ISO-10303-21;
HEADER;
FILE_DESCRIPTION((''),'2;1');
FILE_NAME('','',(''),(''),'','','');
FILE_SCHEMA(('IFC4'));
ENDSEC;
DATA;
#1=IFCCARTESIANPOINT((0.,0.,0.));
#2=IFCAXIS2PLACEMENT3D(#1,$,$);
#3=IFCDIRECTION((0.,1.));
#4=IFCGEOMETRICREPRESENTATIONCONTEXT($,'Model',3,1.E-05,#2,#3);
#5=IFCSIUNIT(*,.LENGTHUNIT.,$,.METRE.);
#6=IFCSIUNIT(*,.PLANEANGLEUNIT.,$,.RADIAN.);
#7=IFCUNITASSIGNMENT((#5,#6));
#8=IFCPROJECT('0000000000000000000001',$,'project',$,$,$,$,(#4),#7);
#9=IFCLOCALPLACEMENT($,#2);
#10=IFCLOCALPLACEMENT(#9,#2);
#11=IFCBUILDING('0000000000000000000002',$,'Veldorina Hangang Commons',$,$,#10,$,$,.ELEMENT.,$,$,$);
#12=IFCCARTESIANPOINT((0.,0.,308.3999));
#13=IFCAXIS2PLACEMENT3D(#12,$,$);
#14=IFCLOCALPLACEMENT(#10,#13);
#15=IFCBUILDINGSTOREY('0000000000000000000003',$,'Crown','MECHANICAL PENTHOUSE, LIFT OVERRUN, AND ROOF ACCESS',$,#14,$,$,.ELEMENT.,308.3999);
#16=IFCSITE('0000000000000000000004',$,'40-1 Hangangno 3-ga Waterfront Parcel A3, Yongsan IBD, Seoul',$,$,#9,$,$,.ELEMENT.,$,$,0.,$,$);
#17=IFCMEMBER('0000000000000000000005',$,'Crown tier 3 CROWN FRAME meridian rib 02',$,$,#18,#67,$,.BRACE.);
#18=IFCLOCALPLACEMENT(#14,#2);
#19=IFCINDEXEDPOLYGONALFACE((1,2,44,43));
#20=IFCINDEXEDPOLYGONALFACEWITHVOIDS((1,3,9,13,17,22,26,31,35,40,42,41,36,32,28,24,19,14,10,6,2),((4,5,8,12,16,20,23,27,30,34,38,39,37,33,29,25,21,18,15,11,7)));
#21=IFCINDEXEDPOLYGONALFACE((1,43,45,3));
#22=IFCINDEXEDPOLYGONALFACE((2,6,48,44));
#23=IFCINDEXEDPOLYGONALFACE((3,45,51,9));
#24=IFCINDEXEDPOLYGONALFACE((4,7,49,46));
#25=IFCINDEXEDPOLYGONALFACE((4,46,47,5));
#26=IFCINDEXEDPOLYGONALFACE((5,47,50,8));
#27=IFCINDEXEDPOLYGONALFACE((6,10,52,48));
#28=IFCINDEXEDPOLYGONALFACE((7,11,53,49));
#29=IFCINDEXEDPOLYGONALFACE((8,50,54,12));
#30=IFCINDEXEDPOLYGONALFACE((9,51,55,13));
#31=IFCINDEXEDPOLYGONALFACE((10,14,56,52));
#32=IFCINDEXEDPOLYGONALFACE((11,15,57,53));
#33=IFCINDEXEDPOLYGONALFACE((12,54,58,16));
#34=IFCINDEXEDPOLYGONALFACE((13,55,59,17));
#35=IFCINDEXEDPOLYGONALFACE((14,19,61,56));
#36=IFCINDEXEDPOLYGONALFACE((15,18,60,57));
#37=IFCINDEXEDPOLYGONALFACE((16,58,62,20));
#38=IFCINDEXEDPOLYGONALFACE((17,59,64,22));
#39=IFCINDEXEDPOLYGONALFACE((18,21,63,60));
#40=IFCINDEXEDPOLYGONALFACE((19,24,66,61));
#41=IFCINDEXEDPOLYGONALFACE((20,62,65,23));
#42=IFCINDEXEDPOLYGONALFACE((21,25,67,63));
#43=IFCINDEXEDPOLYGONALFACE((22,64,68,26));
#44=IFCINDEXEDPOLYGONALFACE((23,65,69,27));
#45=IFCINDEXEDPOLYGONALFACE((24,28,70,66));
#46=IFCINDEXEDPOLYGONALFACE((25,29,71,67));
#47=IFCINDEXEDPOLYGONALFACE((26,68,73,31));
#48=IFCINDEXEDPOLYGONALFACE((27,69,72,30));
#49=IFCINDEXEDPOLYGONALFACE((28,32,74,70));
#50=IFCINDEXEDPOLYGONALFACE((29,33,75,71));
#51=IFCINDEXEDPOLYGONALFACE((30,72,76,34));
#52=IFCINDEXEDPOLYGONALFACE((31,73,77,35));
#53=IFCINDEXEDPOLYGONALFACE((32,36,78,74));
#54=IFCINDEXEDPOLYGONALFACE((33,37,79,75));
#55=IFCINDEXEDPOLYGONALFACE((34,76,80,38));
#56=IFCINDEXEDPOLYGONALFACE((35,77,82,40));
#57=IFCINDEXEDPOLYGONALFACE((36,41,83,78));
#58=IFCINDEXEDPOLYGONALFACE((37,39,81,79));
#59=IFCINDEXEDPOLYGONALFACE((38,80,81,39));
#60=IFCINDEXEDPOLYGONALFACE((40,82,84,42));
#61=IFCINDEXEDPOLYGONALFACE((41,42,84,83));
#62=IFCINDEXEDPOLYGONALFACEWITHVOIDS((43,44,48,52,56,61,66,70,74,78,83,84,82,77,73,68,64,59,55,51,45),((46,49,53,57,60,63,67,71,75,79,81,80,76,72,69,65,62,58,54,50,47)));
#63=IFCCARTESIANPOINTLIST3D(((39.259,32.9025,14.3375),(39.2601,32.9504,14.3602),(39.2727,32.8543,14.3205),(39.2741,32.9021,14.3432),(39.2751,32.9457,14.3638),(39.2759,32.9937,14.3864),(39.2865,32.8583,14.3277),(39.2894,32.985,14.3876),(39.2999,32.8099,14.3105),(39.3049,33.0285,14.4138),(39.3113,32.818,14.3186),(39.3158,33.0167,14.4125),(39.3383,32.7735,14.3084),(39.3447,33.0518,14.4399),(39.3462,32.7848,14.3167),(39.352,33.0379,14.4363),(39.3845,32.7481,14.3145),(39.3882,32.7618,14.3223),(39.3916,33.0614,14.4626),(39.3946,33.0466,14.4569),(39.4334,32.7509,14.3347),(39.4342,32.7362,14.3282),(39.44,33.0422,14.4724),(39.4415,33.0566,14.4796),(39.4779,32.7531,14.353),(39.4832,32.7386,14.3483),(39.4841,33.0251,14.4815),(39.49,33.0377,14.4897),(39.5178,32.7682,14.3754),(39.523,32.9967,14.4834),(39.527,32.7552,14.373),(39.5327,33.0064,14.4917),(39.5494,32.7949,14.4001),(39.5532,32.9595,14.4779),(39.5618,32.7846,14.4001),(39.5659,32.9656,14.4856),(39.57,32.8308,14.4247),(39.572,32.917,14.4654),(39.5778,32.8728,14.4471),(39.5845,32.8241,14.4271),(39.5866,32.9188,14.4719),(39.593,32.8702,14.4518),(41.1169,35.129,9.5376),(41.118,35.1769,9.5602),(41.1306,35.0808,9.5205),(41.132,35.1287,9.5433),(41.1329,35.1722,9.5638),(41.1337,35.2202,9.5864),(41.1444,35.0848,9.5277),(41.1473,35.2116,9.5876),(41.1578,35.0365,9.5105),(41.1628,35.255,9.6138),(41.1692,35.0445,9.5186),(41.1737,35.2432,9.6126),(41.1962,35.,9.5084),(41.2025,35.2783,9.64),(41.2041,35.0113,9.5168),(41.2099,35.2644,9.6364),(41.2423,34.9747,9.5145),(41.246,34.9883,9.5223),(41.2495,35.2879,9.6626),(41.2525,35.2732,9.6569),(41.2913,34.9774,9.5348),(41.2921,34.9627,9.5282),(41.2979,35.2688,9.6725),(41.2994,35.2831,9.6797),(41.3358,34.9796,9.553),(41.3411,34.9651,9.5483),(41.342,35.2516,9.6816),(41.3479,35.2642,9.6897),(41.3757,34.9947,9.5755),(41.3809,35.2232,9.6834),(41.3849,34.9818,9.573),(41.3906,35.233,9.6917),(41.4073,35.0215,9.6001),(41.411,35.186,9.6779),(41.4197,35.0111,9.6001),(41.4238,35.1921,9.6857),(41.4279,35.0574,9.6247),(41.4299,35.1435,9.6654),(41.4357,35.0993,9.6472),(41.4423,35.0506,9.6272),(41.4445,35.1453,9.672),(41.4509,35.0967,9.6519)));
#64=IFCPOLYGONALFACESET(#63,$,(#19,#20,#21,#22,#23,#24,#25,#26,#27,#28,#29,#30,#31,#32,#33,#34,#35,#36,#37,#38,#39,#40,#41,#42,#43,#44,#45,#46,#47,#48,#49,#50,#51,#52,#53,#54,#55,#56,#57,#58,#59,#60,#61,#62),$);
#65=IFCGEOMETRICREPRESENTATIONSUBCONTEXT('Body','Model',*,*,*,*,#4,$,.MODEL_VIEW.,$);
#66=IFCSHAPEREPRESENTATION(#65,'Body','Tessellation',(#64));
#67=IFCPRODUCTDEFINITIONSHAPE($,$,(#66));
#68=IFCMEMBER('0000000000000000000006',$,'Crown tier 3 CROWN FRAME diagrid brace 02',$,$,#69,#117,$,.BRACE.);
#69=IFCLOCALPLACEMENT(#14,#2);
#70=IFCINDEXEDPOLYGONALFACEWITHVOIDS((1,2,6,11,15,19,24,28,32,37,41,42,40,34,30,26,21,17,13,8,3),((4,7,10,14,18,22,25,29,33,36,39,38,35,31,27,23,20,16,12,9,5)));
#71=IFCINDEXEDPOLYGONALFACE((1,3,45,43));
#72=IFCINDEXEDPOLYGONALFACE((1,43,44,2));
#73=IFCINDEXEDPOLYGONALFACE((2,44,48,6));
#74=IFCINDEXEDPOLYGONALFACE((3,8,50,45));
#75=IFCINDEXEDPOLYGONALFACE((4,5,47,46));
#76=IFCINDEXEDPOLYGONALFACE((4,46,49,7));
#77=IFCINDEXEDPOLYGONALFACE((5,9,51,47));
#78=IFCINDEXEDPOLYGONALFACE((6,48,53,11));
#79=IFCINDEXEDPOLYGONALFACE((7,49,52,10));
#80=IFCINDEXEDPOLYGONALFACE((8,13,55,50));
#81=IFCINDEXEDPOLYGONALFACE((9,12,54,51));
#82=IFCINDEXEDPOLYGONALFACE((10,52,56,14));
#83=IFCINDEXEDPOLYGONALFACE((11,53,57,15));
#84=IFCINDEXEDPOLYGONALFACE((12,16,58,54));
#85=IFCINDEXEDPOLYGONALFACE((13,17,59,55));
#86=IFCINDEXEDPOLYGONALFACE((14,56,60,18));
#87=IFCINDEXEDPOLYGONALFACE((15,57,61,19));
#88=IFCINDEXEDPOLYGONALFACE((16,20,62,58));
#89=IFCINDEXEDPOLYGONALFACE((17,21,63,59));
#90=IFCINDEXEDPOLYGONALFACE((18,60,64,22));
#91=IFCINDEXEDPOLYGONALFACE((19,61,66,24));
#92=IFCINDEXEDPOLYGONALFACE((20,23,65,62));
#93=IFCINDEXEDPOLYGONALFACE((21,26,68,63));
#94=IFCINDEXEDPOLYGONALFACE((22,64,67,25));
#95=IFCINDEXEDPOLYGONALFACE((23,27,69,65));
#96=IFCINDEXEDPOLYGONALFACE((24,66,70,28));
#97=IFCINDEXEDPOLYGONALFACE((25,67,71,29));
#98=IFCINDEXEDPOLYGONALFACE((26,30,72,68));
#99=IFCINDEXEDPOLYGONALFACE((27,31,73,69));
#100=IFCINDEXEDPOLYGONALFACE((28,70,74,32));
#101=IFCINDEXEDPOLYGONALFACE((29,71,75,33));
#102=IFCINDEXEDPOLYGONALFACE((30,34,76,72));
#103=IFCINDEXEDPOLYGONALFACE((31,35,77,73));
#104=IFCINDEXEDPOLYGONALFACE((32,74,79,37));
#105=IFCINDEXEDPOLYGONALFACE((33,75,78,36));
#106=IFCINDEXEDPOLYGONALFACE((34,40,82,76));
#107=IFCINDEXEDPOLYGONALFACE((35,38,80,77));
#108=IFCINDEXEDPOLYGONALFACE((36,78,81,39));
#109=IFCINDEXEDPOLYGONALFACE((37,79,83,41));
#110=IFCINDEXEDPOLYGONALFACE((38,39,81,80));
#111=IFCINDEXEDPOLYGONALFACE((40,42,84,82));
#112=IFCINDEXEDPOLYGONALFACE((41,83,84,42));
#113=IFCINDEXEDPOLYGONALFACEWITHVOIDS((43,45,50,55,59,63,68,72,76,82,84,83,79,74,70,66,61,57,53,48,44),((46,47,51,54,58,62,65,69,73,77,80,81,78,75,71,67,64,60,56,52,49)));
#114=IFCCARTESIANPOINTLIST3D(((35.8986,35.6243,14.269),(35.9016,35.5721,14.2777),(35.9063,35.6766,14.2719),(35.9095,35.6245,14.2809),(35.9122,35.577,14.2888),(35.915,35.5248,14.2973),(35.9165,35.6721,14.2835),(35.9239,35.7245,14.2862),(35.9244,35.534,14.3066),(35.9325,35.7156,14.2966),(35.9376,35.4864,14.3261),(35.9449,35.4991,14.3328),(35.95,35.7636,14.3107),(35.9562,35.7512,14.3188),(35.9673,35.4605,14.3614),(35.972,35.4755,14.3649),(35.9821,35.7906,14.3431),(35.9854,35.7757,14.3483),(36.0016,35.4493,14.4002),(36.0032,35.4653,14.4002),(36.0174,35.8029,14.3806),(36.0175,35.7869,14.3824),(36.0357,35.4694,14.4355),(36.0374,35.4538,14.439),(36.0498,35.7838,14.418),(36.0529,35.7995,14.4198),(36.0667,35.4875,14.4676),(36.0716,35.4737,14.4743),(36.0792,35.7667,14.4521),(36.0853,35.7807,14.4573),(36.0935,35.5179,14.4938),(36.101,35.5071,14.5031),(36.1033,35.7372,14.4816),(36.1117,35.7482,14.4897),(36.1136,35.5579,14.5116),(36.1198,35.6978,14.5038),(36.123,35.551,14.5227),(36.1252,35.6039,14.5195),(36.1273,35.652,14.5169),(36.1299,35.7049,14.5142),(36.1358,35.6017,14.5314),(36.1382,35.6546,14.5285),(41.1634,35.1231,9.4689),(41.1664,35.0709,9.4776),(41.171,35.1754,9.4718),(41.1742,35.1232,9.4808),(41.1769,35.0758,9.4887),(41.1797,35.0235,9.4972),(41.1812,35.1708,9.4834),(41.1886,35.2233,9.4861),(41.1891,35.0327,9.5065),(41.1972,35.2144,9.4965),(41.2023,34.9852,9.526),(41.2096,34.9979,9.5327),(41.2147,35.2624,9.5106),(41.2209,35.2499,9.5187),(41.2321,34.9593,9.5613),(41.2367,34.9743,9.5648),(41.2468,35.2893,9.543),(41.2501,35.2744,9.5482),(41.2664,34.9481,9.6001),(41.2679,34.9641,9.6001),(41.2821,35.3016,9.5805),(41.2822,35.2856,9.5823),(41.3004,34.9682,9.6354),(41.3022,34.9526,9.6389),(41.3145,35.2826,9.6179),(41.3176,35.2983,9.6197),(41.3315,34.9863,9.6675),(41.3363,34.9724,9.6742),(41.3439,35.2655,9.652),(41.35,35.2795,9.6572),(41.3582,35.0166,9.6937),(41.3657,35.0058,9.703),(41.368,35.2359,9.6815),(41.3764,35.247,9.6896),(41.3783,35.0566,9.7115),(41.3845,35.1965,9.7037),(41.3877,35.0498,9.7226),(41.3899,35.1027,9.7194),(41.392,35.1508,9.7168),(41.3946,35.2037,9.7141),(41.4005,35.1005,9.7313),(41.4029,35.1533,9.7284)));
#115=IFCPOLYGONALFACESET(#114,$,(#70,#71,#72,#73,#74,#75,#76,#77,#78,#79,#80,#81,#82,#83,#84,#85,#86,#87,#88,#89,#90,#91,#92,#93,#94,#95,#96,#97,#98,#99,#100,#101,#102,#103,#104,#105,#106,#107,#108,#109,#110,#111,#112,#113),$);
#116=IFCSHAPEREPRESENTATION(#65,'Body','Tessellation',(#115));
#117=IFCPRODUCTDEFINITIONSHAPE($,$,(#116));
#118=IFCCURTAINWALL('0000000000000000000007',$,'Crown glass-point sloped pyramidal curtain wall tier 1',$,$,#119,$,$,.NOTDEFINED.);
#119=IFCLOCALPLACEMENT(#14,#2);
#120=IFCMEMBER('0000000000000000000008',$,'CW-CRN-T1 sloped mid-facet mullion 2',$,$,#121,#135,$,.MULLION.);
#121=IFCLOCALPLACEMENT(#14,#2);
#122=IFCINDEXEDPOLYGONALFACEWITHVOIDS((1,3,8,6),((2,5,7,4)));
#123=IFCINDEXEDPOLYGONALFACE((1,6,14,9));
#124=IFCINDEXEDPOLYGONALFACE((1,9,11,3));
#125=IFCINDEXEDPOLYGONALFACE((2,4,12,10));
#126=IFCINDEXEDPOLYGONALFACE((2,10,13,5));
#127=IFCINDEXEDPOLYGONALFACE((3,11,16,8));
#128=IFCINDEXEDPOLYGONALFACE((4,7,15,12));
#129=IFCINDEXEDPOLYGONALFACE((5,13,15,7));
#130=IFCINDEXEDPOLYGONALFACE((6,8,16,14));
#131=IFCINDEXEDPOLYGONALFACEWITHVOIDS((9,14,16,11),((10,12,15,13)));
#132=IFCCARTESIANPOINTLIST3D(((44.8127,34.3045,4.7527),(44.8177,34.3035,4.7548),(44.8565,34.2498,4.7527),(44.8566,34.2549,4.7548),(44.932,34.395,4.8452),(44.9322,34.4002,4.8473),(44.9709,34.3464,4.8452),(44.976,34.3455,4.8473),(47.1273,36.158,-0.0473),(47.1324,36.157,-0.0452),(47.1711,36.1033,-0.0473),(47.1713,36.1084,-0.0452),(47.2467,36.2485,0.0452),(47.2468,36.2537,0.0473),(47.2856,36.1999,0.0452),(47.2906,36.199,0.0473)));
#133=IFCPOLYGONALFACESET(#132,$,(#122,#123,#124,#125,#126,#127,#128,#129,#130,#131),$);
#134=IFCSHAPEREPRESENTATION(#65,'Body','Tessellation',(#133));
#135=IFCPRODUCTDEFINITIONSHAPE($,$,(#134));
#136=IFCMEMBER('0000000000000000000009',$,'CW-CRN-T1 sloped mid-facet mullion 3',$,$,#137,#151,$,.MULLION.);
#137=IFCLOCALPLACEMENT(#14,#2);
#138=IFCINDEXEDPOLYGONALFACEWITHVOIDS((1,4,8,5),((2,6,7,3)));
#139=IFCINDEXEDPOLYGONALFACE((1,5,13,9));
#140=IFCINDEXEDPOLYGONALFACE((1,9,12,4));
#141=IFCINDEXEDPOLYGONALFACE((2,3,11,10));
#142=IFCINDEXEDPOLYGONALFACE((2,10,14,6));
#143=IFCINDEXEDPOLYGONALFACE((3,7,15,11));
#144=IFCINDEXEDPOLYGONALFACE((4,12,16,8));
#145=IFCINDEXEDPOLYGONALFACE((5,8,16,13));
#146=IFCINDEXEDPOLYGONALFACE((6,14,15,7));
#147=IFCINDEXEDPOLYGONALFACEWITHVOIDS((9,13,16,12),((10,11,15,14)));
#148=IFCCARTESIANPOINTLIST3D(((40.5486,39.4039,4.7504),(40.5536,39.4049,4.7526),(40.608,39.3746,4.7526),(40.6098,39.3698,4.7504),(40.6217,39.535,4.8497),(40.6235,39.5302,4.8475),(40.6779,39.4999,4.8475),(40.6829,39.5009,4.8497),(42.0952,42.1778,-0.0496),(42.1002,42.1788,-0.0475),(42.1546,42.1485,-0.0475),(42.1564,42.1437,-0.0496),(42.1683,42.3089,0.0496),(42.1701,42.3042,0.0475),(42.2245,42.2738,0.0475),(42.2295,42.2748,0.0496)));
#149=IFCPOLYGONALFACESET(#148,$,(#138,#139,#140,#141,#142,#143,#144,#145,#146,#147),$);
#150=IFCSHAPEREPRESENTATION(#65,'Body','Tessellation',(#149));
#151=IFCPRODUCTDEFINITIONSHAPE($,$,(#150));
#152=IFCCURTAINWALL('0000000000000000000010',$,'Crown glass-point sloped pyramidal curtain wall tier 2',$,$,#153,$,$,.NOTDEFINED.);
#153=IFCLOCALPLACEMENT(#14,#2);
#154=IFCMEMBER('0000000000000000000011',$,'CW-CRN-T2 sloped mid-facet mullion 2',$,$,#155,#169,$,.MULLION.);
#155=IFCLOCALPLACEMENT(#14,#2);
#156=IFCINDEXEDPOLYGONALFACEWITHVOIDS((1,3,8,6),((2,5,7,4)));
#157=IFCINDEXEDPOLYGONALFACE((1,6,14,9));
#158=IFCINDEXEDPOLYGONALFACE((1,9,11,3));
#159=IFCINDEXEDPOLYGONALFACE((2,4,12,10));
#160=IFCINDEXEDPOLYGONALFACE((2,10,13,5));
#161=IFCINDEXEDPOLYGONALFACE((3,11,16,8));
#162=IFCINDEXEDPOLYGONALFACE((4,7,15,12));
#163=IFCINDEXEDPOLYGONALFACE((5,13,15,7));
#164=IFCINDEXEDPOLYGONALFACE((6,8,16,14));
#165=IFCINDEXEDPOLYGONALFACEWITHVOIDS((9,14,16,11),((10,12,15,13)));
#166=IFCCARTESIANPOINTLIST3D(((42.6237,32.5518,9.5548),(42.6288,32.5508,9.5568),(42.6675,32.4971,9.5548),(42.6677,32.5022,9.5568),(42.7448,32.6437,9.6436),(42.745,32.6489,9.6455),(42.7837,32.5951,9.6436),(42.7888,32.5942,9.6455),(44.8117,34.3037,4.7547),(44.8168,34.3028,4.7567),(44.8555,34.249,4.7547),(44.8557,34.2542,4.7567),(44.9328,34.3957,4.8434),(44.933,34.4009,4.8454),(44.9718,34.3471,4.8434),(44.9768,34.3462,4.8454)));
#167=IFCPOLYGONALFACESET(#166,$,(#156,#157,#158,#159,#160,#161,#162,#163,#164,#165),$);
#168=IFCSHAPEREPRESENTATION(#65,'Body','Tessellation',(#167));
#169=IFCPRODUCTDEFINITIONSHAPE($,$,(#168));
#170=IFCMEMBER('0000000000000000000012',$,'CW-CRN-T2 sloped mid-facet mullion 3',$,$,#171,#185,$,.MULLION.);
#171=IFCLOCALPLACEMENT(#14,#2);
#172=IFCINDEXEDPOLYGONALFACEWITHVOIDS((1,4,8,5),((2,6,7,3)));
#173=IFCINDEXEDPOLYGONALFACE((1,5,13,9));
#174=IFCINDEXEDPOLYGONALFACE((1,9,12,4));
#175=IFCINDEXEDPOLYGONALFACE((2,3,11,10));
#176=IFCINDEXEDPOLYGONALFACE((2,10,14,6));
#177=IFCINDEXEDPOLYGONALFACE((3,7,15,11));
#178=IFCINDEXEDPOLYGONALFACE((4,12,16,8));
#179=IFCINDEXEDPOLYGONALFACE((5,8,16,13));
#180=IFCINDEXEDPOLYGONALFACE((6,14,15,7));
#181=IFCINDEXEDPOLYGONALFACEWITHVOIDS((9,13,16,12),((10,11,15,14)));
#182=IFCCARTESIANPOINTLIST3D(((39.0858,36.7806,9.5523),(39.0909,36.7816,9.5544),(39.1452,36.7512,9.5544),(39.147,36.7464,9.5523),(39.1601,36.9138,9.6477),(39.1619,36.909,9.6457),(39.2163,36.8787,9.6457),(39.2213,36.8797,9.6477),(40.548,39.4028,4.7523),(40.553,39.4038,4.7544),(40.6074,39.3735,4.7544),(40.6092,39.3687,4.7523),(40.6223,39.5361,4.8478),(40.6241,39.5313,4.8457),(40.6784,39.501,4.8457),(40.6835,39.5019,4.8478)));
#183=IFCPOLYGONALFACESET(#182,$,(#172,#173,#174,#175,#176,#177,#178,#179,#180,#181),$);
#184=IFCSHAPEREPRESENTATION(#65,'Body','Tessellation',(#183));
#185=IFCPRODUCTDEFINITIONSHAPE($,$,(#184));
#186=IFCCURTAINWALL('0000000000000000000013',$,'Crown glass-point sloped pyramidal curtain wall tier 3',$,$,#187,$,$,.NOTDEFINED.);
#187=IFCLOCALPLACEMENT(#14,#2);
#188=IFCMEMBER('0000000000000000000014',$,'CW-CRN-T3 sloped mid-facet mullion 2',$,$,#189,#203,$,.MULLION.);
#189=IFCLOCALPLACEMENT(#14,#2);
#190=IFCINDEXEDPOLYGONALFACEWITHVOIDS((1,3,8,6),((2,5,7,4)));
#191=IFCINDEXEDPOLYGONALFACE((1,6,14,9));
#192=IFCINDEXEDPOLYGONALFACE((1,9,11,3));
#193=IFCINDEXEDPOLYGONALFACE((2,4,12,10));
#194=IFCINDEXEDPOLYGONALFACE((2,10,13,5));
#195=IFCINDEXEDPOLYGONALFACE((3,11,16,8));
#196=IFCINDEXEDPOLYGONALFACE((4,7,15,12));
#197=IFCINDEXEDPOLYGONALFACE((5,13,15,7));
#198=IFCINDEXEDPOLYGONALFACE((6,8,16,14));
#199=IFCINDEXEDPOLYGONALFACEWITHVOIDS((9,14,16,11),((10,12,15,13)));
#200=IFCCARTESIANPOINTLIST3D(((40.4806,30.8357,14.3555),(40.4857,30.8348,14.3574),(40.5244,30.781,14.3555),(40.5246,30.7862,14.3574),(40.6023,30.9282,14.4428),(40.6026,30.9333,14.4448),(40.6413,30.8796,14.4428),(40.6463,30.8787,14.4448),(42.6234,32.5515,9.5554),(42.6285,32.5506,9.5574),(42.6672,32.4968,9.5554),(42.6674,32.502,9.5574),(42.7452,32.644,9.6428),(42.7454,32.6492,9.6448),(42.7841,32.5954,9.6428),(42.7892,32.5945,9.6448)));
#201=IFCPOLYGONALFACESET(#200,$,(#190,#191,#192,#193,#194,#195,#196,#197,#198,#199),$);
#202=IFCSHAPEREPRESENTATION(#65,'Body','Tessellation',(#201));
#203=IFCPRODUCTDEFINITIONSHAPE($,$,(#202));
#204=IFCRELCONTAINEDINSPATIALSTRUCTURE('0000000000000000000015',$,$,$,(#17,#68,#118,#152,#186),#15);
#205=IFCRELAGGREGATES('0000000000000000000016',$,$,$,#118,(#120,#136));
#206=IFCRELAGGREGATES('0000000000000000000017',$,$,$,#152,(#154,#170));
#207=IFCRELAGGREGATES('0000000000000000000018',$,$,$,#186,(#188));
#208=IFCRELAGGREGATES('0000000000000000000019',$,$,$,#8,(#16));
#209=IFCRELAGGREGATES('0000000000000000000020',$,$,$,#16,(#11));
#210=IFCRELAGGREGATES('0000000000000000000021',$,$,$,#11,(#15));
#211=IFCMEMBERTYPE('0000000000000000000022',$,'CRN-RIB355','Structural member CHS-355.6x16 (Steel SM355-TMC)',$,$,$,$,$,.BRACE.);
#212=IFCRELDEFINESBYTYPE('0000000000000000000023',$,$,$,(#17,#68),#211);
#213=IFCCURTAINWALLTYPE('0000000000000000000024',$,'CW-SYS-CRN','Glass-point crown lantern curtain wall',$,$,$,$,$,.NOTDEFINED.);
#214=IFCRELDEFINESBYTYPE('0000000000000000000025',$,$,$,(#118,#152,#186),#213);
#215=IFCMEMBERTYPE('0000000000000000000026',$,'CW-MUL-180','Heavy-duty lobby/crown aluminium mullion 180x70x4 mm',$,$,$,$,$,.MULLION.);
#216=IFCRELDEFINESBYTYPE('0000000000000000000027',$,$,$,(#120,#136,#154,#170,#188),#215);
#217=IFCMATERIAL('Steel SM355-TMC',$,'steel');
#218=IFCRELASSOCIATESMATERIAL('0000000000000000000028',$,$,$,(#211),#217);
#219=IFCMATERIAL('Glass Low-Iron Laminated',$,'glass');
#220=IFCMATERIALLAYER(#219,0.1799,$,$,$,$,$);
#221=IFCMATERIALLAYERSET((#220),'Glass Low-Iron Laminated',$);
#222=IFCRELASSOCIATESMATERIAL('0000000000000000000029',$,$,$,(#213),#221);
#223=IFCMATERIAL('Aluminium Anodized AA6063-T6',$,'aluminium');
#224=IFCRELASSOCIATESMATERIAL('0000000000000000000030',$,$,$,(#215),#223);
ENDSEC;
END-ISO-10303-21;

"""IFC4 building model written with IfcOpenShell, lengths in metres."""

from ifc_helpers import new_model, si_unit, direction, frame, origin, origin_2d, place, context, subcontext, project, spatial, hollow_rectangle, hollow_circle, extrude, material, layer, layer_set, material_profile, profile_set, type_object, element, aggregate, save


model = new_model("IFC4")

# Units and contexts
model_context = context("Model", 3, precision=1e-05, world=origin(), true_north=direction((0.0, 1.0)))
body_context = subcontext(model_context, "Body", "Model", "MODEL_VIEW")
ifc_project = project(units=[si_unit("LENGTHUNIT", "METRE"), si_unit("PLANEANGLEUNIT", "RADIAN")], contexts=[model_context])

# Site, building, storey
site_placement = place(None, origin())
site = spatial("IfcSite", under=ifc_project, at=site_placement, Name="40-1 Hangangno 3-ga Waterfront Parcel A3, Yongsan IBD, Seoul", CompositionType="ELEMENT", RefElevation=0.0)
building_placement = place(site_placement, origin())
building = spatial("IfcBuilding", under=site, at=building_placement, Name="Veldorina Hangang Commons", CompositionType="ELEMENT")
storey_placement = place(building_placement, frame((0.0, 0.0, 308.3999)))
storey = spatial("IfcBuildingStorey", under=building, at=storey_placement, Name="Crown", Description="MECHANICAL PENTHOUSE, LIFT OVERRUN, AND ROOF ACCESS", CompositionType="ELEMENT", Elevation=308.3999)

# Members
ifc_material_1 = material(Name="Steel SM355-TMC", Category="steel")
ifc_material_profile_1 = material_profile(ifc_material_1, hollow_circle(Radius=0.1777, WallThickness=0.0161, at=origin_2d()), Name="CHS-355.6x16")
ifc_profile_set_1 = profile_set([ifc_material_profile_1], Name="Steel SM355-TMC")
member_type_1 = type_object("IfcMemberType", Name="CRN-RIB355", Description="Structural member CHS-355.6x16 (Steel SM355-TMC)", PredefinedType="BRACE", material=ifc_profile_set_1)
member_1_placement = place(storey_placement, frame((41.2832, 35.125, 9.6001), z_axis=(-0.331295, -0.397032, 0.855926), x_axis=(0.767807, -0.640681, 0.0)))
element("IfcMember", 1, at=member_1_placement, inside=storey, type_object=member_type_1, Name="Crown tier 3 CROWN FRAME meridian rib 02", PredefinedType="BRACE", context=body_context, shape_type="SweptSolid", body=[
    extrude(hollow_circle(Radius=0.1777, WallThickness=0.0161, at=origin_2d()), origin(), (0.0, 0.0, 1.0), 5.6079),
])
member_2_placement = place(storey_placement, frame((41.2832, 35.125, 9.6001), z_axis=(-0.737139, 0.070179, 0.672087), x_axis=(-0.094776, -0.995499, 0.0)))
element("IfcMember", 2, at=member_2_placement, inside=storey, type_object=member_type_1, Name="Crown tier 3 CROWN FRAME diagrid brace 02", PredefinedType="BRACE", context=body_context, shape_type="SweptSolid", body=[
    extrude(hollow_circle(Radius=0.1777, WallThickness=0.0161, at=origin_2d()), origin(), (0.0, 0.0, 1.0), 7.1421),
])

# Curtain walls, members
ifc_material_2 = material(Name="Glass Low-Iron Laminated", Category="glass")
ifc_layer_1 = layer(ifc_material_2, 0.1799)
ifc_layer_set_1 = layer_set([ifc_layer_1], Name="Glass Low-Iron Laminated")
curtain_wall_type = type_object("IfcCurtainWallType", Name="CW-SYS-CRN", Description="Glass-point crown lantern curtain wall", PredefinedType="NOTDEFINED", material=ifc_layer_set_1)
curtain_wall_1_placement = place(storey_placement, origin())
curtain_wall_1 = element("IfcCurtainWall", 3, at=curtain_wall_1_placement, inside=storey, type_object=curtain_wall_type, Name="Crown glass-point sloped pyramidal curtain wall tier 1", PredefinedType="NOTDEFINED")
ifc_material_3 = material(Name="Aluminium Anodized AA6063-T6", Category="aluminium")
ifc_material_profile_2 = material_profile(ifc_material_3, hollow_rectangle(XDim=0.0701, YDim=0.1799, WallThickness=0.0039, at=origin_2d()), Name="ALU-RHS-180x70x4")
ifc_profile_set_2 = profile_set([ifc_material_profile_2], Name="Aluminium Anodized AA6063-T6")
member_type_2 = type_object("IfcMemberType", Name="CW-MUL-180", Description="Heavy-duty lobby/crown aluminium mullion 180x70x4 mm", PredefinedType="MULLION", material=ifc_profile_set_2)
member_3_placement = place(storey_placement, frame((47.209, 36.1785, 0.0), z_axis=(-0.410251, -0.328513, 0.850749), x_axis=(0.625056, -0.78058, 0.0)))
member_3 = element("IfcMember", 4, at=member_3_placement, type_object=member_type_2, Name="CW-CRN-T1 sloped mid-facet mullion 2", PredefinedType="MULLION", context=body_context, shape_type="SweptSolid", body=[
    extrude(hollow_rectangle(XDim=0.0701, YDim=0.1799, WallThickness=0.0039, at=origin_2d()), origin(), (0.0, 0.0, 1.0), 5.6421),
])
member_4_placement = place(storey_placement, frame((42.1624, 42.2263, 0.0), z_axis=(-0.268716, -0.481951, 0.833975), x_axis=(0.873413, -0.48698, 0.0)))
member_4 = element("IfcMember", 5, at=member_4_placement, type_object=member_type_2, Name="CW-CRN-T1 sloped mid-facet mullion 3", PredefinedType="MULLION", context=body_context, shape_type="SweptSolid", body=[
    extrude(hollow_rectangle(XDim=0.0701, YDim=0.1799, WallThickness=0.0039, at=origin_2d()), origin(), (0.0, 0.0, 1.0), 5.7556),
])
curtain_wall_2_placement = place(storey_placement, origin())
curtain_wall_2 = element("IfcCurtainWall", 6, at=curtain_wall_2_placement, inside=storey, type_object=curtain_wall_type, Name="Crown glass-point sloped pyramidal curtain wall tier 2", PredefinedType="NOTDEFINED")
member_5_placement = place(storey_placement, frame((44.8943, 34.325, 4.8), z_axis=(-0.393628, -0.315184, 0.863549), x_axis=(0.625035, -0.780597, 0.0)))
member_5 = element("IfcMember", 7, at=member_5_placement, type_object=member_type_2, Name="CW-CRN-T2 sloped mid-facet mullion 2", PredefinedType="MULLION", context=body_context, shape_type="SweptSolid", body=[
    extrude(hollow_rectangle(XDim=0.0701, YDim=0.1799, WallThickness=0.0039, at=origin_2d()), origin(), (0.0, 0.0, 1.0), 5.5586),
])
member_6_placement = place(storey_placement, frame((40.6157, 39.4524, 4.8), z_axis=(-0.258254, -0.463167, 0.84781), x_axis=(0.873404, -0.486996, 0.0)))
member_6 = element("IfcMember", 8, at=member_6_placement, type_object=member_type_2, Name="CW-CRN-T2 sloped mid-facet mullion 3", PredefinedType="MULLION", context=body_context, shape_type="SweptSolid", body=[
    extrude(hollow_rectangle(XDim=0.0701, YDim=0.1799, WallThickness=0.0039, at=origin_2d()), origin(), (0.0, 0.0, 1.0), 5.6616),
])

# Curtain wall, member
curtain_wall_3_placement = place(storey_placement, origin())
curtain_wall_3 = element("IfcCurtainWall", 9, at=curtain_wall_3_placement, inside=storey, type_object=curtain_wall_type, Name="Crown glass-point sloped pyramidal curtain wall tier 3", PredefinedType="NOTDEFINED")
member_7_placement = place(storey_placement, frame((42.7063, 32.573, 9.6001), z_axis=(-0.38752, -0.310299, 0.868068), x_axis=(0.625042, -0.780591, 0.0)))
member_7 = element("IfcMember", 10, at=member_7_placement, type_object=member_type_2, Name="CW-CRN-T3 sloped mid-facet mullion 2", PredefinedType="MULLION", context=body_context, shape_type="SweptSolid", body=[
    extrude(hollow_rectangle(XDim=0.0701, YDim=0.1799, WallThickness=0.0039, at=origin_2d()), origin(), (0.0, 0.0, 1.0), 5.5295),
])

aggregate(curtain_wall_1, [member_3, member_4])
aggregate(curtain_wall_2, [member_5, member_6])
aggregate(curtain_wall_3, [member_7])

save(model, "model.ifc")
